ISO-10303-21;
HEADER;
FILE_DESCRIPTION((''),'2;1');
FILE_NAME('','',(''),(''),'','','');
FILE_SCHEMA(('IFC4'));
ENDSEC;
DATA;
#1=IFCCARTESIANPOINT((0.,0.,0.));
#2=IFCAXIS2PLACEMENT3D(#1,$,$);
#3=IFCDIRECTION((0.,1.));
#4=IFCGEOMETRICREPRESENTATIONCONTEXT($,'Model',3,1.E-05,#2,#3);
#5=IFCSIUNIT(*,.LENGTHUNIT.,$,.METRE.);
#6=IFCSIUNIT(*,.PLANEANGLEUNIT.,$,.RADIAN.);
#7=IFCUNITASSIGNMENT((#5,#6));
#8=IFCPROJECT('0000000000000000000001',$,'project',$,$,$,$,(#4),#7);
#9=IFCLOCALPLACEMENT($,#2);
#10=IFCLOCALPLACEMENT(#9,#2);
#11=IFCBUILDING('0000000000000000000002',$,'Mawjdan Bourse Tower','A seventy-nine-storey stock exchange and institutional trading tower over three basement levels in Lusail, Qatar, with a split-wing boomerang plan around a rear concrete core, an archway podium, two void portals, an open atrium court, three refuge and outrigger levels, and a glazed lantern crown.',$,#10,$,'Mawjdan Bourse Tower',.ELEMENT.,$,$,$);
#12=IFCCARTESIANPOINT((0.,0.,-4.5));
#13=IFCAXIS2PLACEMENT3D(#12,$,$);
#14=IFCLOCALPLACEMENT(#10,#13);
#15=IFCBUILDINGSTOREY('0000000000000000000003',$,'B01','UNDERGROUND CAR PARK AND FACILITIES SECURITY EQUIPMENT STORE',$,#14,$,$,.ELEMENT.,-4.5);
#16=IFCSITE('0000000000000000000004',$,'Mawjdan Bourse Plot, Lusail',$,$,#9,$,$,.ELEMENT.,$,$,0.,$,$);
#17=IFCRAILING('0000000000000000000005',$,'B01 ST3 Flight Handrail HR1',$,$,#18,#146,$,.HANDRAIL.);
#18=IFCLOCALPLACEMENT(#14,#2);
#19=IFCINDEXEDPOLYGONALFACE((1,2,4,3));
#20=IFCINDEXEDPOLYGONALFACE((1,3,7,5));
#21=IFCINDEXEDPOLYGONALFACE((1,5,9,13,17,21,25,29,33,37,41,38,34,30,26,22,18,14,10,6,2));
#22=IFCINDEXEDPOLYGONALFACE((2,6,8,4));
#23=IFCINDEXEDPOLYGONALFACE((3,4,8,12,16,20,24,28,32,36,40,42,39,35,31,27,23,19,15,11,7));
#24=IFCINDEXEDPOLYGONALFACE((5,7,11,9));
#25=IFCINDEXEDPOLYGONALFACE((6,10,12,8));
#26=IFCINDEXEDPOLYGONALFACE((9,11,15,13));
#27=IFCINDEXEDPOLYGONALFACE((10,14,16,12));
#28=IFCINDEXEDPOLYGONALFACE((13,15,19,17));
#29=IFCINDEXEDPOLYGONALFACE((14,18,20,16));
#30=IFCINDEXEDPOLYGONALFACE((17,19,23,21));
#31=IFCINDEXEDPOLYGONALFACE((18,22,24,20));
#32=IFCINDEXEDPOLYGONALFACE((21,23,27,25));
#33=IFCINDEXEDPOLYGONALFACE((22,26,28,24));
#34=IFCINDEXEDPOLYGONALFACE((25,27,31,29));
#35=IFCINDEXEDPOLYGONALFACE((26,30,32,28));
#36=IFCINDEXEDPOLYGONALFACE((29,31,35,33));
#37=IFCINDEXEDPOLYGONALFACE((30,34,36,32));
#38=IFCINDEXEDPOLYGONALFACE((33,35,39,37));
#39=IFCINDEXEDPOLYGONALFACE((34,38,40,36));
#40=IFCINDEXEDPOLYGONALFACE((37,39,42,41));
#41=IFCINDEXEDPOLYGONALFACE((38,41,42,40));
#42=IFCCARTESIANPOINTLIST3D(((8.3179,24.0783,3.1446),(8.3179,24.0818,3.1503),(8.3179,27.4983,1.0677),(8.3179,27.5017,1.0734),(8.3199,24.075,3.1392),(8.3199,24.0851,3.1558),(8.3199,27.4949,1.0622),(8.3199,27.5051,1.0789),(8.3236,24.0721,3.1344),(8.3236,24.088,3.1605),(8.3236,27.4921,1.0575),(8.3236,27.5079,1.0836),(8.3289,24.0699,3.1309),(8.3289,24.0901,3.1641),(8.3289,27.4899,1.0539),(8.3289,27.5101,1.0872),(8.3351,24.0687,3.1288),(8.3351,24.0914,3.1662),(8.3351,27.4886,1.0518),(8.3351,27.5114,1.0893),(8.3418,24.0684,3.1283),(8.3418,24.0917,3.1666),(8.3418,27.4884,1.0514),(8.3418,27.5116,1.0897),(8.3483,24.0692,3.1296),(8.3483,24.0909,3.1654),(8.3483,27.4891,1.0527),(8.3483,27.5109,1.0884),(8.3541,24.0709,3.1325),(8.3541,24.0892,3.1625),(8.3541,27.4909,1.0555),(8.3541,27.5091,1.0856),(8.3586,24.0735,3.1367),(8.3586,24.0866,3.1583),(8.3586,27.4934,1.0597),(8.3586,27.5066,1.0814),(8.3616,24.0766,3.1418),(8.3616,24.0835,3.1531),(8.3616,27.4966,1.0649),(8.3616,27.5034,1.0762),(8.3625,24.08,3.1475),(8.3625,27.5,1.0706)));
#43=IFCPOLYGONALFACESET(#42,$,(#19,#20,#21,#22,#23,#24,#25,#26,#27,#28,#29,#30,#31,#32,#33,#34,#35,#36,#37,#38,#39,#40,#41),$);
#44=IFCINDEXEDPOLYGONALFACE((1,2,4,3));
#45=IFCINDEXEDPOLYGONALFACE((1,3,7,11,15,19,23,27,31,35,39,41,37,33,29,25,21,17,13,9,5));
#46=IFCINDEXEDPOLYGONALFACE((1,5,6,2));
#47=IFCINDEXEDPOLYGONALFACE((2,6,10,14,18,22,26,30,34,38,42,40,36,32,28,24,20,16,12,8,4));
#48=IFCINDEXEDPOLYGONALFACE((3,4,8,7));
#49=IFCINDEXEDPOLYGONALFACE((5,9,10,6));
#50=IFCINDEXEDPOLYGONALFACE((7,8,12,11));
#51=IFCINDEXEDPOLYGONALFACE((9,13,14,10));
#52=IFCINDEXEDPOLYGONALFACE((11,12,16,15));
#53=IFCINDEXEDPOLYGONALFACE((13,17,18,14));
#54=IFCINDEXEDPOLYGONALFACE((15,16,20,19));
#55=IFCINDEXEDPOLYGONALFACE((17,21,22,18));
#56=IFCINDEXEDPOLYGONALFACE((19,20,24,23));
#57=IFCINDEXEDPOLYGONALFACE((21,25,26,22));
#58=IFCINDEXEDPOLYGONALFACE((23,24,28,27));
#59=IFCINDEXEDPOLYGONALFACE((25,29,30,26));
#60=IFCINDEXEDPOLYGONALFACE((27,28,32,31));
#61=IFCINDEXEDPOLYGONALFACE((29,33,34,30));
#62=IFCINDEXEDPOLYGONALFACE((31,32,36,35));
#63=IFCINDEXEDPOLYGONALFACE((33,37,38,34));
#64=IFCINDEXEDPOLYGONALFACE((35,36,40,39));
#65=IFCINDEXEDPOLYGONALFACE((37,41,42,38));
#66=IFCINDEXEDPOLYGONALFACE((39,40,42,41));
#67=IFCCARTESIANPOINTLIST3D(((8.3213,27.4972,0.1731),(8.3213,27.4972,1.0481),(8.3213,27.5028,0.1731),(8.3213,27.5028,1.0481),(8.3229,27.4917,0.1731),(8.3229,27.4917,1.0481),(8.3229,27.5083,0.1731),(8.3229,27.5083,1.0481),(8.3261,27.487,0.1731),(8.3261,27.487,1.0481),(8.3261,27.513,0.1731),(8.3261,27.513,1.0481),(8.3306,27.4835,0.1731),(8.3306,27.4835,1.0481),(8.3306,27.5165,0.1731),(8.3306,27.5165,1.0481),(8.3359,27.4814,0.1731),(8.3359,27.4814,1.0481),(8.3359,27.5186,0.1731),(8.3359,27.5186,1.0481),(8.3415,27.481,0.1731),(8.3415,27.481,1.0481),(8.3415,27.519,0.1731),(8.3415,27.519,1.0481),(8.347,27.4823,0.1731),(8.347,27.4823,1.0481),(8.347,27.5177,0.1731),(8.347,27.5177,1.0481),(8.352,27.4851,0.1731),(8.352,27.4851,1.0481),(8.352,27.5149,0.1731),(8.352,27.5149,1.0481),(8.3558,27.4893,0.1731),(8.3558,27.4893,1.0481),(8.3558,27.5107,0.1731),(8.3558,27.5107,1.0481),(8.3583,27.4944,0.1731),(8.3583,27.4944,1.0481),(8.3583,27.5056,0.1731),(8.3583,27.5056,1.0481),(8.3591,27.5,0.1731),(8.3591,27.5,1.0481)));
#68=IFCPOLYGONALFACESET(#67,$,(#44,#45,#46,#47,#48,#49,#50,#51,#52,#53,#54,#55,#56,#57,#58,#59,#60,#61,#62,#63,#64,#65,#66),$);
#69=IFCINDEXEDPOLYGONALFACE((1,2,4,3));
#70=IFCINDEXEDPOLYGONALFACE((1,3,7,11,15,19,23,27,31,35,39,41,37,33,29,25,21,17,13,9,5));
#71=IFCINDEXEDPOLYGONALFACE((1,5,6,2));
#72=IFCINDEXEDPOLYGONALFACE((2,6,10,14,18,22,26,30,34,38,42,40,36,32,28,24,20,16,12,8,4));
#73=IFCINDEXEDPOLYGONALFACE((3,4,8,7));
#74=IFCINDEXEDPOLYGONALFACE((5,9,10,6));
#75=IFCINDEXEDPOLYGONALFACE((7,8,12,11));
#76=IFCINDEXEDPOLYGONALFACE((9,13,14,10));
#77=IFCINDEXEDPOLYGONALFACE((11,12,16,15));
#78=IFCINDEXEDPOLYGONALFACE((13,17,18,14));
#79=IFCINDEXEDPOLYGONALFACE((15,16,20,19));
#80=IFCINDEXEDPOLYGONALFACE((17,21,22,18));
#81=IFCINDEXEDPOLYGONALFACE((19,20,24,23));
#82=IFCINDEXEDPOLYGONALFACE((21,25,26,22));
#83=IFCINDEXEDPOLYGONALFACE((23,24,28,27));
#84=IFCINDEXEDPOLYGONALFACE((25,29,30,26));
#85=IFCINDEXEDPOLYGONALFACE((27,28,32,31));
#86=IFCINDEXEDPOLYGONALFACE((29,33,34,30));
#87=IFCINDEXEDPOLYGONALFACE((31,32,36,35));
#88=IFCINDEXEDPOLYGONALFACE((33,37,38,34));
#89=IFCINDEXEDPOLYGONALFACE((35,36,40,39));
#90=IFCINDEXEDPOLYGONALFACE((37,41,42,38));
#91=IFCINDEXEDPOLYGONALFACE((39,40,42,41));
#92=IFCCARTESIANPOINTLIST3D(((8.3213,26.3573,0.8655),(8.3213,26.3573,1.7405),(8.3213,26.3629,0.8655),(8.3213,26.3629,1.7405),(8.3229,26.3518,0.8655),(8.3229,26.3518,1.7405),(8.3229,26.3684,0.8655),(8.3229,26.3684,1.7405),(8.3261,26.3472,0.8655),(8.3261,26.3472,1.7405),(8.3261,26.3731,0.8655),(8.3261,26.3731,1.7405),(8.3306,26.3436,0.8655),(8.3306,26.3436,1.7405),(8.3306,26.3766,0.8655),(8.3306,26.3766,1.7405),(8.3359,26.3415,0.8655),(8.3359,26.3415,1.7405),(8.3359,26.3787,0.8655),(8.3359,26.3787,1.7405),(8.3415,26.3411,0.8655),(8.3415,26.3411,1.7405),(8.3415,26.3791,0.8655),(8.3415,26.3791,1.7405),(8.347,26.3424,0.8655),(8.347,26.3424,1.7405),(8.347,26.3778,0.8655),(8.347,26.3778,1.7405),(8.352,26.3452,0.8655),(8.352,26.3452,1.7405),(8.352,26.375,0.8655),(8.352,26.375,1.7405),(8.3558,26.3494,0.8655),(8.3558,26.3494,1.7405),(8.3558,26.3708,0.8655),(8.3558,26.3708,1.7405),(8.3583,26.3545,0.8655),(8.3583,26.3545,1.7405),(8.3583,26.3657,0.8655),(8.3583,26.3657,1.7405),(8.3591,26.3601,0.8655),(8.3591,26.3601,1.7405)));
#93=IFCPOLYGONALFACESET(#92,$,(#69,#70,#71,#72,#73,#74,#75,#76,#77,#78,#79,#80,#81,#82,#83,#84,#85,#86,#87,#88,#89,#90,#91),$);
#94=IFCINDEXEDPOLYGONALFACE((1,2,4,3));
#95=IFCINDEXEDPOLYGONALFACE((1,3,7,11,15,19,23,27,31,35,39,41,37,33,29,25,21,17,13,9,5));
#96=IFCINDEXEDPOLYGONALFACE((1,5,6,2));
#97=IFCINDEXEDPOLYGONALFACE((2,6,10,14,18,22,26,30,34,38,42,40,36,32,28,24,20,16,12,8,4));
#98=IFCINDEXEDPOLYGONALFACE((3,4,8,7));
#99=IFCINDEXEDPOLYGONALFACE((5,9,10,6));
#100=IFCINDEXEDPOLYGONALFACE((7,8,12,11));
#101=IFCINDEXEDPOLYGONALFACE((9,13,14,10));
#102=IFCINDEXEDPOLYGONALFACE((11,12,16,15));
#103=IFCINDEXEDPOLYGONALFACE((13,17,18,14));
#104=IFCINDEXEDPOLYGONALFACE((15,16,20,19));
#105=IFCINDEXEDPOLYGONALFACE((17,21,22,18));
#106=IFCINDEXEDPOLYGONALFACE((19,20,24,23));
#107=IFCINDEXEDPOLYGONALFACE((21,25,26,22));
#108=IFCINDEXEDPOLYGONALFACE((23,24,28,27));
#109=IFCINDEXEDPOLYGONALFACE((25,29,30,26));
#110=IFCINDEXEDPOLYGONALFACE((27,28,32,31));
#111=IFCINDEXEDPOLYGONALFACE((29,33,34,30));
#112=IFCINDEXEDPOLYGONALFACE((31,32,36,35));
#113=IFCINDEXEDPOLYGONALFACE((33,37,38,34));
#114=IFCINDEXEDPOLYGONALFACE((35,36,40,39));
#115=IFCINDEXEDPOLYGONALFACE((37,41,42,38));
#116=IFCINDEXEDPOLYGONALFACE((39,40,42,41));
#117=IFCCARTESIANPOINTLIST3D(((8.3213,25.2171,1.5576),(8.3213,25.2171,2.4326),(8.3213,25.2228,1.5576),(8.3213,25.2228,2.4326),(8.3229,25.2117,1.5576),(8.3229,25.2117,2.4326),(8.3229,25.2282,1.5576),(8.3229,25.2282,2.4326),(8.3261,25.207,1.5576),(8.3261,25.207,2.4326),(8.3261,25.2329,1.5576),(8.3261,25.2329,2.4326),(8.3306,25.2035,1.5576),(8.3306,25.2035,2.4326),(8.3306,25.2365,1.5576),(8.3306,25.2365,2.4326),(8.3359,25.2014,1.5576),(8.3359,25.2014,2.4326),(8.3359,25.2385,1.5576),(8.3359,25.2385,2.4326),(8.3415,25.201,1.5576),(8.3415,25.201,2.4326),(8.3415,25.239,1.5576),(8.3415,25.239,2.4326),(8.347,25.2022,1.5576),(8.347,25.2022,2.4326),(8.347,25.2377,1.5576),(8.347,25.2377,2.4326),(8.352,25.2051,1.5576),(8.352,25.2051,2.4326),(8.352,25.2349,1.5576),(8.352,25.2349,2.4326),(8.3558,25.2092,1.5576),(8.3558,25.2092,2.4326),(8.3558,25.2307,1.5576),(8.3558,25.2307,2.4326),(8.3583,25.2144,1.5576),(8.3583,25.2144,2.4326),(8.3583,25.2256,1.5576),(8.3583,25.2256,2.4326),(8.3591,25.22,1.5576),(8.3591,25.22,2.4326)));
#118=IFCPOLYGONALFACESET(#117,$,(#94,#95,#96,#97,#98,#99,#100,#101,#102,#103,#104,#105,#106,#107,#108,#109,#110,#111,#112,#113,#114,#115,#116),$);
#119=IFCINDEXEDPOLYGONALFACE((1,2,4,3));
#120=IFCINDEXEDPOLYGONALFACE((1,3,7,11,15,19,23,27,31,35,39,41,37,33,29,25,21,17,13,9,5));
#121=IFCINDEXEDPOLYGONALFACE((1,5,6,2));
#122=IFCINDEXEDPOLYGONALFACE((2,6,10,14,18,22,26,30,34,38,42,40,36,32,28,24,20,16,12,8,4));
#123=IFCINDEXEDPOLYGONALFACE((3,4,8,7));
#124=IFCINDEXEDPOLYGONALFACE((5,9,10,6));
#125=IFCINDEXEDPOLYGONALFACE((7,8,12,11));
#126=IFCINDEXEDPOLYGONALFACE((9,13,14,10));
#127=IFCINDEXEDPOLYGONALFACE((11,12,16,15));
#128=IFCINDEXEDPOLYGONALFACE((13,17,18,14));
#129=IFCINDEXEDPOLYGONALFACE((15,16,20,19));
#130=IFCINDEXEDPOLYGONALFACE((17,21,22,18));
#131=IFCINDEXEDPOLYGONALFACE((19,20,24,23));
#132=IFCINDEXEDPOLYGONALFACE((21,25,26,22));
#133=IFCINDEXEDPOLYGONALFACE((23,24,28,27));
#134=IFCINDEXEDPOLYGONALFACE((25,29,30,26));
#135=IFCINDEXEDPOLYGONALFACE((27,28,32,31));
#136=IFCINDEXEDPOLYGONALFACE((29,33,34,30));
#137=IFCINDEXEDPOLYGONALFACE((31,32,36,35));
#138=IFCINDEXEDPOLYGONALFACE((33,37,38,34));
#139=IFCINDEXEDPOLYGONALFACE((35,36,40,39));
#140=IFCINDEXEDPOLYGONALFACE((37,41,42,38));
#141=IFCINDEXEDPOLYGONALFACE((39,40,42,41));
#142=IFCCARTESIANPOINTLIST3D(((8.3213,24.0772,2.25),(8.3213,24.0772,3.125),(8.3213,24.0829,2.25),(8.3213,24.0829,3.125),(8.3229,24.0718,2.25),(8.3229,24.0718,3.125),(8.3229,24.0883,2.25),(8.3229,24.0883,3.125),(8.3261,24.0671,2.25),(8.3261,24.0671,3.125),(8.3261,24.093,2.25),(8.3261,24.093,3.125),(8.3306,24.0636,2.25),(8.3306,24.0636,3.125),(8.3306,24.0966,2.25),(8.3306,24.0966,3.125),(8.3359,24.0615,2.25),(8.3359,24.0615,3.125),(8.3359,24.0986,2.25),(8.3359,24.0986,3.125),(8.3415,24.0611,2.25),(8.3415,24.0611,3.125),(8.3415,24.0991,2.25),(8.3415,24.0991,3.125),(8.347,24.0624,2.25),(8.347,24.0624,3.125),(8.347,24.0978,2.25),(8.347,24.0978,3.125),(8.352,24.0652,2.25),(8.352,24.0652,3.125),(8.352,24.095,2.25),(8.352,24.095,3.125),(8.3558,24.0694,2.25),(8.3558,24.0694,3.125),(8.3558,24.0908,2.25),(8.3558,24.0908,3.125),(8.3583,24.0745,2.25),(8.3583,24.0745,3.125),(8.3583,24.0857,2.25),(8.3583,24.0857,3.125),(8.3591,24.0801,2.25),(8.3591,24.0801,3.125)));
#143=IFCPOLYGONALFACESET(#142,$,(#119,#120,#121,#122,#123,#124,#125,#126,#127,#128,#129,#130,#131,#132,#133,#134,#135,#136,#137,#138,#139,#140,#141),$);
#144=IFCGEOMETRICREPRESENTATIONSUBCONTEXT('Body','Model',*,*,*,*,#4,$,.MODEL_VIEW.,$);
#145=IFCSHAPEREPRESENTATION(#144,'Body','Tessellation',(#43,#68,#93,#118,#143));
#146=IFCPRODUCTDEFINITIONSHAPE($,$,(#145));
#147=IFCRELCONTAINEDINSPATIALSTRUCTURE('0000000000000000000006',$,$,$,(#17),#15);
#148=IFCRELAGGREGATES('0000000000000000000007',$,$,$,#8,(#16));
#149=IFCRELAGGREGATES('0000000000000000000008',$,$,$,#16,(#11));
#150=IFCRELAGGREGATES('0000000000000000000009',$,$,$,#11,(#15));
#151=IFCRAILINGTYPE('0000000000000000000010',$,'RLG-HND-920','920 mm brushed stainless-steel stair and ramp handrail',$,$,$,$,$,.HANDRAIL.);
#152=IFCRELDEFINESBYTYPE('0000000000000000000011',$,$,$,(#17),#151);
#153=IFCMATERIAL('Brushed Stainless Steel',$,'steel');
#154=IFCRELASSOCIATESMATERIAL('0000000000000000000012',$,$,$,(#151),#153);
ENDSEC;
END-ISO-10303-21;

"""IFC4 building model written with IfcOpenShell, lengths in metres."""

from ifc_helpers import new_model, si_unit, direction, frame, origin, origin_2d, place, context, subcontext, project, spatial, circle, extrude, material, type_object, element, save


model = new_model("IFC4")

# Units and contexts
model_context = context("Model", 3, precision=1e-05, world=origin(), true_north=direction((0.0, 1.0)))
body_context = subcontext(model_context, "Body", "Model", "MODEL_VIEW")
ifc_project = project(units=[si_unit("LENGTHUNIT", "METRE"), si_unit("PLANEANGLEUNIT", "RADIAN")], contexts=[model_context])

# Site, building, storey
site_placement = place(None, origin())
site = spatial("IfcSite", under=ifc_project, at=site_placement, Name="Mawjdan Bourse Plot, Lusail", CompositionType="ELEMENT", RefElevation=0.0)
building_placement = place(site_placement, origin())
building = spatial("IfcBuilding", under=site, at=building_placement, Name="Mawjdan Bourse Tower", Description="A seventy-nine-storey stock exchange and institutional trading tower over three basement levels in Lusail, Qatar, with a split-wing boomerang plan around a rear concrete core, an archway podium, two void portals, an open atrium court, three refuge and outrigger levels, and a glazed lantern crown.", LongName="Mawjdan Bourse Tower", CompositionType="ELEMENT")
storey_placement = place(building_placement, frame((0.0, 0.0, -4.5)))
storey = spatial("IfcBuildingStorey", under=building, at=storey_placement, Name="B01", Description="UNDERGROUND CAR PARK AND FACILITIES SECURITY EQUIPMENT STORE", CompositionType="ELEMENT", Elevation=-4.5)

# Railing
ifc_material_1 = material(Name="Brushed Stainless Steel", Category="steel")
railing_type_1 = type_object("IfcRailingType", Name="RLG-HND-920", Description="920 mm brushed stainless-steel stair and ramp handrail", PredefinedType="HANDRAIL", material=ifc_material_1)
for number, where, name in (
    (1, (8.3401, 27.5, 0.1731), "B01 ST3 Flight Handrail HR1"),
):
    element("IfcRailing", number, at=place(storey_placement, frame(where)), inside=storey, type_object=railing_type_1, Name=name, PredefinedType="HANDRAIL", context=body_context, shape_type="SweptSolid", body=[
        extrude(circle(Radius=0.0225, at=origin_2d()), frame((0.0, 0.0, 0.8975), z_axis=(0.0, -0.85473, 0.519074), x_axis=(1.0, 0.0, 0.0)), (0.0, 0.0, 1.0), 4.0012),
        extrude(circle(Radius=0.019, at=origin_2d()), origin(), (0.0, 0.0, 1.0), 0.875),
        extrude(circle(Radius=0.019, at=origin_2d()), frame((0.0, -1.1399, 0.6924)), (0.0, 0.0, 1.0), 0.875),
        extrude(circle(Radius=0.019, at=origin_2d()), frame((0.0, -2.28, 1.3845)), (0.0, 0.0, 1.0), 0.875),
        extrude(circle(Radius=0.019, at=origin_2d()), frame((0.0, -3.4199, 2.0769)), (0.0, 0.0, 1.0), 0.875),
    ])

save(model, "model.ifc")
